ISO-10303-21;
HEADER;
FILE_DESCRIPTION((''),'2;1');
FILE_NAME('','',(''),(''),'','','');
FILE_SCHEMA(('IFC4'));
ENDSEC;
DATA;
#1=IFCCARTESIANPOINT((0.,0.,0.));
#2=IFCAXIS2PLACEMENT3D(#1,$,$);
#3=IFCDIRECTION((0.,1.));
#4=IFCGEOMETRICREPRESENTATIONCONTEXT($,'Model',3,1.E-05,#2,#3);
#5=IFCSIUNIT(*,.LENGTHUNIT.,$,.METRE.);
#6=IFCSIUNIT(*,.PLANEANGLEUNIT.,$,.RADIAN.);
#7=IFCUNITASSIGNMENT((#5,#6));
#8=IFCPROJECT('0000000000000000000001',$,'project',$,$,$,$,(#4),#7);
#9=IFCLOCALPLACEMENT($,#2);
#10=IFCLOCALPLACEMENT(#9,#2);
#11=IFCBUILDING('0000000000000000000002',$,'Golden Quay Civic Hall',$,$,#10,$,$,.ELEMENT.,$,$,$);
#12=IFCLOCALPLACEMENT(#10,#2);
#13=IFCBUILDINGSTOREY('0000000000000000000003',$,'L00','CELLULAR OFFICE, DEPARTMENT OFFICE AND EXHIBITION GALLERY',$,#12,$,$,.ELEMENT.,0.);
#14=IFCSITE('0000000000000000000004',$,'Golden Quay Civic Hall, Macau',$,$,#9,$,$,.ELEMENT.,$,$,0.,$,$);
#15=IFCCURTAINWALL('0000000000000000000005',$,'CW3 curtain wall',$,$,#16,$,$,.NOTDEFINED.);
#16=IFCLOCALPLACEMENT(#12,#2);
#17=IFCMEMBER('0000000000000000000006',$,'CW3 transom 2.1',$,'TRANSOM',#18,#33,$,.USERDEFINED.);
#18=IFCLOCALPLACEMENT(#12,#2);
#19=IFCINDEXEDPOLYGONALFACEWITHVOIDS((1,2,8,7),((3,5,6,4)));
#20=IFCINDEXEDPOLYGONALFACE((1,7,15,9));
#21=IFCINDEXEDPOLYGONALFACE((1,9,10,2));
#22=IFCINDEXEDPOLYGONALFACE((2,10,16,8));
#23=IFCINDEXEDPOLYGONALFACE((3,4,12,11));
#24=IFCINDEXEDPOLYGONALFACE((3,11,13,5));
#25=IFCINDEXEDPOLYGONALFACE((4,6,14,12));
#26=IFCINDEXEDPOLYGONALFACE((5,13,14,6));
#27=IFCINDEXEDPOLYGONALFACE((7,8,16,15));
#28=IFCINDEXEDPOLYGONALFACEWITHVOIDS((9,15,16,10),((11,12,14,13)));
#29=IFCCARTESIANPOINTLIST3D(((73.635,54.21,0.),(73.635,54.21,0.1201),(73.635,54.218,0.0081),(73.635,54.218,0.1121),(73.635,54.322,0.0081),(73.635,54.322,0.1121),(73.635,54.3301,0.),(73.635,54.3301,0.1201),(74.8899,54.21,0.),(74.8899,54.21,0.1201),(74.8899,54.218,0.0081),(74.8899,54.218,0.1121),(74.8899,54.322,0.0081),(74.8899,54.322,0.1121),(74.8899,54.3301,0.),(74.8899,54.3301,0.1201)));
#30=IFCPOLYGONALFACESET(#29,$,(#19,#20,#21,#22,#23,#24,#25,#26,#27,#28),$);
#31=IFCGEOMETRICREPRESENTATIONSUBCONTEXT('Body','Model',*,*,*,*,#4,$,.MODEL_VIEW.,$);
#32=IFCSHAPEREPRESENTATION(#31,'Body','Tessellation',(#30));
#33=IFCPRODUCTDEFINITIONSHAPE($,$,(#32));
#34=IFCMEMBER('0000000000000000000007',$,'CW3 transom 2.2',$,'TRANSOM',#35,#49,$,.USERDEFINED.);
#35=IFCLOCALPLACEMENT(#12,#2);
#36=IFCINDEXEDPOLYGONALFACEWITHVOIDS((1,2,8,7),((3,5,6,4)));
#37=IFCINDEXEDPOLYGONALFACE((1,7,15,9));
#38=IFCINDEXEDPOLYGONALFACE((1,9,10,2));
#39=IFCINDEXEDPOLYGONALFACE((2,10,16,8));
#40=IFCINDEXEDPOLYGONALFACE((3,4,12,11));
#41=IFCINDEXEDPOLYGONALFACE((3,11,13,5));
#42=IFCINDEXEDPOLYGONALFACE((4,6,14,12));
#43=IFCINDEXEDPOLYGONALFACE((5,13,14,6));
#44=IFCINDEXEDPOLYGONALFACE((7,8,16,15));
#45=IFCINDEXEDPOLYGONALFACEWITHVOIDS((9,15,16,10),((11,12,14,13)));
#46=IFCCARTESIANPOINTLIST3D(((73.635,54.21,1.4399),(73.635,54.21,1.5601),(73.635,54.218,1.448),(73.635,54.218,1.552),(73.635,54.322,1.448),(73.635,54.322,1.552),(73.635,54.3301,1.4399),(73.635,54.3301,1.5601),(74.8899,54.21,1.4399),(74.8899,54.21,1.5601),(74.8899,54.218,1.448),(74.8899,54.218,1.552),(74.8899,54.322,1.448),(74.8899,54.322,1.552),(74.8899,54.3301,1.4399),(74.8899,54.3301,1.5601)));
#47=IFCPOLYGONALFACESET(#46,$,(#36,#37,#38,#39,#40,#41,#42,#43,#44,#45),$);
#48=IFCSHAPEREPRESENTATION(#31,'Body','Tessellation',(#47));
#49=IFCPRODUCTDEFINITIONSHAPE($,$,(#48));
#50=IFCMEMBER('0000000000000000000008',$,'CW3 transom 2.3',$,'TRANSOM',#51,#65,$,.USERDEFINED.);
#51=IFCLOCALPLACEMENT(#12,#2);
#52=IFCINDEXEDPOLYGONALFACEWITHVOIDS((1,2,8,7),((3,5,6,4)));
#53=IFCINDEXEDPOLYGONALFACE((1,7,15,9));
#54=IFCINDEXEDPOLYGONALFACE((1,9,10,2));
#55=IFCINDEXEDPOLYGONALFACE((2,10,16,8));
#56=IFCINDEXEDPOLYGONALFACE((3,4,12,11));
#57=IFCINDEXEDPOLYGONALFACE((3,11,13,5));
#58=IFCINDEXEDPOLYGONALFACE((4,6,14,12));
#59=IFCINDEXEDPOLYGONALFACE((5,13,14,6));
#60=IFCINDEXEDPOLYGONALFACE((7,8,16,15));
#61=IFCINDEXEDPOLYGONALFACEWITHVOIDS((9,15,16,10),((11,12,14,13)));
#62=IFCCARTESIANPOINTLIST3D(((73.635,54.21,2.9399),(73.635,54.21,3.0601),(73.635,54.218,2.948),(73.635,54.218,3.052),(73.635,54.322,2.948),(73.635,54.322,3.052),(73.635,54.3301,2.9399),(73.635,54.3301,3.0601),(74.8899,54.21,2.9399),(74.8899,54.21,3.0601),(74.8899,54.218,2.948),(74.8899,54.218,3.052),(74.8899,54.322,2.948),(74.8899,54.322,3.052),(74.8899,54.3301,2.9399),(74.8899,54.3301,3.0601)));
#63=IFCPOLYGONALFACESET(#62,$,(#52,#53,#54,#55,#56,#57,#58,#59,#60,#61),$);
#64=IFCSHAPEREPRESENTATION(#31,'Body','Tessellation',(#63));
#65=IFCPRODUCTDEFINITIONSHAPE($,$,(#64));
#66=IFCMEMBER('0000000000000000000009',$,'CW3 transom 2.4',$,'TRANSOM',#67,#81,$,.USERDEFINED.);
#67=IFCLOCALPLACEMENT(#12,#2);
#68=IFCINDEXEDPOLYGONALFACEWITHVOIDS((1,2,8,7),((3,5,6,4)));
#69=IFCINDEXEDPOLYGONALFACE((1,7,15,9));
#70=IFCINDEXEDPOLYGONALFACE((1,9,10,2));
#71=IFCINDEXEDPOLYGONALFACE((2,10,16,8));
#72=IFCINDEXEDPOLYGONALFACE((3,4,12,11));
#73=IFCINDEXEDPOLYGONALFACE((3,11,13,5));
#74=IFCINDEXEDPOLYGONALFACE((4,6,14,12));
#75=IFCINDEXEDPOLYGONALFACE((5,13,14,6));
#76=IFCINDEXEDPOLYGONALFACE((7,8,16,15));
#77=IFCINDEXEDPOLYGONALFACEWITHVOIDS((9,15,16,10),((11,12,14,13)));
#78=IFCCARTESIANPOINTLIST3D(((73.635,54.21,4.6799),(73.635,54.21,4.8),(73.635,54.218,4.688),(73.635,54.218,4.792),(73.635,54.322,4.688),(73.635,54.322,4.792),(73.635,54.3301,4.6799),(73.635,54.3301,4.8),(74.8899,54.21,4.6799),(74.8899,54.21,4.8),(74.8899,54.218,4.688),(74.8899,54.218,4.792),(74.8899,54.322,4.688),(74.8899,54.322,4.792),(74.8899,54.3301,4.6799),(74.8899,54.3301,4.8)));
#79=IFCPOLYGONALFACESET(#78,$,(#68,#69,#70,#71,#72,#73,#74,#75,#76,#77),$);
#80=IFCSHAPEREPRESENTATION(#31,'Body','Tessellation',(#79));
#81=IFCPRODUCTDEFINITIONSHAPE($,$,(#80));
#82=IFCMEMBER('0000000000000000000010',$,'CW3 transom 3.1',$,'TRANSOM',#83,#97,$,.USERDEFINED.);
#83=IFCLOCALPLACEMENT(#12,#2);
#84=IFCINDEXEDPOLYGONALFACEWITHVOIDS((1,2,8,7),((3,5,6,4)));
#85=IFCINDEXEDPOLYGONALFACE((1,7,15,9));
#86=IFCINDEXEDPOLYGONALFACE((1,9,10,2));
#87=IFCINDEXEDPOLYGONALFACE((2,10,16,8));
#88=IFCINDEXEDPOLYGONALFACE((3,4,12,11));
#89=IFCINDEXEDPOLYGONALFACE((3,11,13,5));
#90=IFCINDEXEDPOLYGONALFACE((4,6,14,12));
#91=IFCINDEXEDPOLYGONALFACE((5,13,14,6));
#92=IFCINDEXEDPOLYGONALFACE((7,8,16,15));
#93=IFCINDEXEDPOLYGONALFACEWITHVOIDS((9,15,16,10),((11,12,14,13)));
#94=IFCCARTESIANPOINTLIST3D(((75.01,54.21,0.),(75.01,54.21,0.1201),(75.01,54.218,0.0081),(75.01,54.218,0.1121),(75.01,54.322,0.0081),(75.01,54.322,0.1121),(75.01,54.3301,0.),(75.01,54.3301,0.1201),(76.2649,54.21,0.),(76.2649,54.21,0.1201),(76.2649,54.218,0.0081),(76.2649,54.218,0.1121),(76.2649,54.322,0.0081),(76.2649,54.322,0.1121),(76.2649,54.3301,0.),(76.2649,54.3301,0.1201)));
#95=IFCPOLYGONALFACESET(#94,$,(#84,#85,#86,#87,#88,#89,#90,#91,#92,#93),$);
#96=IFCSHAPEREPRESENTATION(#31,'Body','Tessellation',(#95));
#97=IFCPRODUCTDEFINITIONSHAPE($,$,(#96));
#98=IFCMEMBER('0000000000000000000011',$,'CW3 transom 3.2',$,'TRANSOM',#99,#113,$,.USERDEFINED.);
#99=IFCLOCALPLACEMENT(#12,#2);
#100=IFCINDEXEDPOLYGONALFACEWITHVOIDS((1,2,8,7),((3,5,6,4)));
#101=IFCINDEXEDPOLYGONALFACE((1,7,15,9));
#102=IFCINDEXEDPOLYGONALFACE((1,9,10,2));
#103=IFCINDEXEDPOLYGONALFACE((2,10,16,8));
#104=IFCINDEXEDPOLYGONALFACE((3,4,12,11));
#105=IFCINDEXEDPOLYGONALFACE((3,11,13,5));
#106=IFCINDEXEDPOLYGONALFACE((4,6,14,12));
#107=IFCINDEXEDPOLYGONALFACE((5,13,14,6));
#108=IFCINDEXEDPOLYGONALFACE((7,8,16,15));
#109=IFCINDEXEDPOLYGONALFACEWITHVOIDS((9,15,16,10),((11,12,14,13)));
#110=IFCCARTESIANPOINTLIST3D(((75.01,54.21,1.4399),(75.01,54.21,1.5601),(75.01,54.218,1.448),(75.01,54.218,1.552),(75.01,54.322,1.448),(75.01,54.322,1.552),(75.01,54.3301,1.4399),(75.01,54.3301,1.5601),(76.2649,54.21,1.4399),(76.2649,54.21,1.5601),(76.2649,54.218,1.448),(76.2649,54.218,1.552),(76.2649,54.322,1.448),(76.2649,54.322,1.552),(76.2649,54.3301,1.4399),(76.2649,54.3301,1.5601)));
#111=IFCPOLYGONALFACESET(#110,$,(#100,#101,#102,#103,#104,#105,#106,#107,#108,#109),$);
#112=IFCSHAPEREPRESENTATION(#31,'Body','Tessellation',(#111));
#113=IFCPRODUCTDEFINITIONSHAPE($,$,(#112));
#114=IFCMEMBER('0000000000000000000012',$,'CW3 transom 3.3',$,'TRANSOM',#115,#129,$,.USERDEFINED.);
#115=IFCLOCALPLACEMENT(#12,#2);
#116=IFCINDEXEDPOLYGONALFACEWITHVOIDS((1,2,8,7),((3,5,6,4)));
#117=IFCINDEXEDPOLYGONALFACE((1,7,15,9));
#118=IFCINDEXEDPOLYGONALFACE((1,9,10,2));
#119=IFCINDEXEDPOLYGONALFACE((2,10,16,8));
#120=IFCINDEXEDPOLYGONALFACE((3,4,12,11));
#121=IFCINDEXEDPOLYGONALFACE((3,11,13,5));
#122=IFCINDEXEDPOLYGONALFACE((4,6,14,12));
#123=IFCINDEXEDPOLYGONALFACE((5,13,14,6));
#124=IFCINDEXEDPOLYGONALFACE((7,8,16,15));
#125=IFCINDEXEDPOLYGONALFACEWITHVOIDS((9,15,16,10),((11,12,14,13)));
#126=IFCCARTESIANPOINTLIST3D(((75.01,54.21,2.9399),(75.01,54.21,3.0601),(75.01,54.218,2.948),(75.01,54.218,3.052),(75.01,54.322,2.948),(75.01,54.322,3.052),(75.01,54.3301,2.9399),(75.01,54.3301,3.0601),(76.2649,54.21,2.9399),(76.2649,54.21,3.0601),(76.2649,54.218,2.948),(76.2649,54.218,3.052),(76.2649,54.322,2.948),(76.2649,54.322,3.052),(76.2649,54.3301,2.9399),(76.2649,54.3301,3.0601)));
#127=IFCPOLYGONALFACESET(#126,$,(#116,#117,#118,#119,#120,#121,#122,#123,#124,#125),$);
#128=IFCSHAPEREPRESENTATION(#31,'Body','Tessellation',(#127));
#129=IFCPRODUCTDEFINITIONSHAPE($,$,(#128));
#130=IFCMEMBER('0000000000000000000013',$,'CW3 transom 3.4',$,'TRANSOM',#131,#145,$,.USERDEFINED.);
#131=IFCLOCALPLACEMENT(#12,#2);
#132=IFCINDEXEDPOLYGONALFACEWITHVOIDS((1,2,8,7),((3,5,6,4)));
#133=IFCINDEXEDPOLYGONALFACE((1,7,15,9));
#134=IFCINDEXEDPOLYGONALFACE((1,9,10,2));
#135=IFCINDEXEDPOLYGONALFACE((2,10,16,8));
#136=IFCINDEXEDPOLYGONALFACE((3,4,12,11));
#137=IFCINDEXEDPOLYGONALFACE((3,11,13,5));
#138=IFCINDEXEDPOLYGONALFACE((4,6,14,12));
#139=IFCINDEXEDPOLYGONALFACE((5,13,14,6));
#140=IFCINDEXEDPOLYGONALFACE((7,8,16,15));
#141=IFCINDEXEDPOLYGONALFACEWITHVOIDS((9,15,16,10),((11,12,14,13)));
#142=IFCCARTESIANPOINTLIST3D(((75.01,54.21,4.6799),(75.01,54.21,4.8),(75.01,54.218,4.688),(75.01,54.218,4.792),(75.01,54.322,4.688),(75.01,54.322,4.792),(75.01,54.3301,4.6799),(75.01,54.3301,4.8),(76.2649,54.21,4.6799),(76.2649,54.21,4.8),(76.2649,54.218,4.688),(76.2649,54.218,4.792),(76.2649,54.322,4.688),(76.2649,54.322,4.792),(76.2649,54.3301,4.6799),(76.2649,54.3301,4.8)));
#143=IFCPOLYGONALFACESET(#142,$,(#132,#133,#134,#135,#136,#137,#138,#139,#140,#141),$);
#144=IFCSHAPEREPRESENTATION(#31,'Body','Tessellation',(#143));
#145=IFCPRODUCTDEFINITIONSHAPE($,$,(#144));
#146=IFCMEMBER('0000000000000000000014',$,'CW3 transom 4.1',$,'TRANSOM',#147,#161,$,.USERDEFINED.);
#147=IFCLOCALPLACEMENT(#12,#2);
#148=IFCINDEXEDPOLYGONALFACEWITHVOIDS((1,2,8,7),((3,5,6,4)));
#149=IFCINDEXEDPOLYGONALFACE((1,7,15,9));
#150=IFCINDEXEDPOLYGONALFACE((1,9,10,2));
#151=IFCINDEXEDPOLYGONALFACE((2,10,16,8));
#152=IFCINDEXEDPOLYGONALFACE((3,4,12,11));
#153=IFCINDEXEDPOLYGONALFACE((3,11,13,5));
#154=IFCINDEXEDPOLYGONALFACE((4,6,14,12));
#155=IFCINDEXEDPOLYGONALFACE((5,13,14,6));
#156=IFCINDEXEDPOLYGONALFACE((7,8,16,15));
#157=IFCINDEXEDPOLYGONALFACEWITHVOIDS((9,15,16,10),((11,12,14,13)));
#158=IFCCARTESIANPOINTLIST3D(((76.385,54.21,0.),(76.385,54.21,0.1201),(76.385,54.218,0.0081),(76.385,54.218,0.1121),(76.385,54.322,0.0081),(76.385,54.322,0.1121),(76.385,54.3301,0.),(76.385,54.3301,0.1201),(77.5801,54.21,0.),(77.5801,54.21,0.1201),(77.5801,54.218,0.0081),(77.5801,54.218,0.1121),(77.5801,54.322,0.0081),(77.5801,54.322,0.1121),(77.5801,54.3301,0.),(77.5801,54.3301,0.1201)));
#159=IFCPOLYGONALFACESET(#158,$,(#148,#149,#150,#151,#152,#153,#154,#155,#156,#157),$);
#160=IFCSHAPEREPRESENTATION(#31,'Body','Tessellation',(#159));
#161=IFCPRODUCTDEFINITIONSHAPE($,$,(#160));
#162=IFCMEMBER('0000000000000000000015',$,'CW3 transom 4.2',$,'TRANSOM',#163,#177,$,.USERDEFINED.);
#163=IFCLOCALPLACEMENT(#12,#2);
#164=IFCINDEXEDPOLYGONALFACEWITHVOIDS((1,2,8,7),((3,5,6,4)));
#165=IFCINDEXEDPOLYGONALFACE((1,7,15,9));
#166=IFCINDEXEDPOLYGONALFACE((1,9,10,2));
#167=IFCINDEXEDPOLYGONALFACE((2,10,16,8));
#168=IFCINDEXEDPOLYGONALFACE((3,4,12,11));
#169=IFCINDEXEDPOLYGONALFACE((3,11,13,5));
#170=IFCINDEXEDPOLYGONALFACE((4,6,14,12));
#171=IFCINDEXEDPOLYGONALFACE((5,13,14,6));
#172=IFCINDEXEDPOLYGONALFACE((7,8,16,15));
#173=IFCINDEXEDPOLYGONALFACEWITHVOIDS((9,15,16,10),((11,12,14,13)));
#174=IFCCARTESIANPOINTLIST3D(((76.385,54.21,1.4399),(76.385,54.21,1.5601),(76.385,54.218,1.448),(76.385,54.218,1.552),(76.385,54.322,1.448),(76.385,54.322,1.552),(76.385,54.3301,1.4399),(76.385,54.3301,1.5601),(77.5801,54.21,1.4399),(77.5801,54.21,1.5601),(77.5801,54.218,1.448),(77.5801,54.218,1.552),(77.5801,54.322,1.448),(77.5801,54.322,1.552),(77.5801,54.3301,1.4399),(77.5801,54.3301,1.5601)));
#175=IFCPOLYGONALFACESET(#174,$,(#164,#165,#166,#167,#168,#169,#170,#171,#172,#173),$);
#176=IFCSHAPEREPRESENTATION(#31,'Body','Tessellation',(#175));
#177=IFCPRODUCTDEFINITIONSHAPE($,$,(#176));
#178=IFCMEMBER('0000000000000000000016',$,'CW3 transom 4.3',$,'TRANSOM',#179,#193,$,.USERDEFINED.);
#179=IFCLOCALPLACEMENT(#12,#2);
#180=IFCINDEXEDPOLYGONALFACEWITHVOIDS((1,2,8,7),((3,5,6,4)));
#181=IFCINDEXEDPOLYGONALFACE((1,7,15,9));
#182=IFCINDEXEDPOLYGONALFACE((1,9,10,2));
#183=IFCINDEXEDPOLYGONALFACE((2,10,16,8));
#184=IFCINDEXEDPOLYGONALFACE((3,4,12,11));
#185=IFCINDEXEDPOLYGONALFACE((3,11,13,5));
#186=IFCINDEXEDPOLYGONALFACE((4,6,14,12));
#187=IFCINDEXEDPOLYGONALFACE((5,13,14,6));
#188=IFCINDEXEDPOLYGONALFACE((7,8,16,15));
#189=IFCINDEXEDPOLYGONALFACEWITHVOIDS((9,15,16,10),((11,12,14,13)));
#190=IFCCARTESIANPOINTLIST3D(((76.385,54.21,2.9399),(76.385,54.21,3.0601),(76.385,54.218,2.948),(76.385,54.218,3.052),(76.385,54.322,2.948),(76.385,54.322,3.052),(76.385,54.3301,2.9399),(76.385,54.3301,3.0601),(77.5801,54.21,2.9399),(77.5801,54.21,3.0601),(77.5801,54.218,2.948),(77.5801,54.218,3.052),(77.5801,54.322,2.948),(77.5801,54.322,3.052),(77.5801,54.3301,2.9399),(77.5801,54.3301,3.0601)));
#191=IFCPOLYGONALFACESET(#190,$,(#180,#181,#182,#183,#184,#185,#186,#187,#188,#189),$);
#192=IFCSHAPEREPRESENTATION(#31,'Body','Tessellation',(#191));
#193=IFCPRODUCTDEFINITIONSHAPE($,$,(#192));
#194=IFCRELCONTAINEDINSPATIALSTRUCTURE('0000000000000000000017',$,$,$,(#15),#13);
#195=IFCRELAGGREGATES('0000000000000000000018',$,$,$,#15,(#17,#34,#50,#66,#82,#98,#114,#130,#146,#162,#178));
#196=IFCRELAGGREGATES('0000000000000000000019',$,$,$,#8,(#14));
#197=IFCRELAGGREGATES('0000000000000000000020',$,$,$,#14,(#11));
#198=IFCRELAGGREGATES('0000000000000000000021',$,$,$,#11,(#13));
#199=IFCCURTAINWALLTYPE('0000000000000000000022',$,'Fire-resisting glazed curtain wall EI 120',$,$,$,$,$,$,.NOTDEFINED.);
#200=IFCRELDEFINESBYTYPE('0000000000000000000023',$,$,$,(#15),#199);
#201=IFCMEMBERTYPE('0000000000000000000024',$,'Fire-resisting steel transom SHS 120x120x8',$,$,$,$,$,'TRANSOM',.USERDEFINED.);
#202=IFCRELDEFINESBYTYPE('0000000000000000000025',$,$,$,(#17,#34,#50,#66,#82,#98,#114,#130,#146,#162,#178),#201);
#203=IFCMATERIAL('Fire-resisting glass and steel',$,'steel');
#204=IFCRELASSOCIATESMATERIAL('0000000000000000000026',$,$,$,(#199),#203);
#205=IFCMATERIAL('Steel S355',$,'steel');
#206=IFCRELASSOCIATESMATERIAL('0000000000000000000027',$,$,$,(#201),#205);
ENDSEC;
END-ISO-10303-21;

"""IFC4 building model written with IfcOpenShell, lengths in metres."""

from ifc_helpers import new_model, si_unit, direction, frame, origin, origin_2d, place, context, subcontext, project, spatial, hollow_rectangle, extrude, material, material_profile, profile_set, type_object, element, aggregate, save


model = new_model("IFC4")

# Units and contexts
model_context = context("Model", 3, precision=1e-05, world=origin(), true_north=direction((0.0, 1.0)))
body_context = subcontext(model_context, "Body", "Model", "MODEL_VIEW")
ifc_project = project(units=[si_unit("LENGTHUNIT", "METRE"), si_unit("PLANEANGLEUNIT", "RADIAN")], contexts=[model_context])

# Site, building, storey
site_placement = place(None, origin())
site = spatial("IfcSite", under=ifc_project, at=site_placement, Name="Golden Quay Civic Hall, Macau", CompositionType="ELEMENT", RefElevation=0.0)
building_placement = place(site_placement, origin())
building = spatial("IfcBuilding", under=site, at=building_placement, Name="Golden Quay Civic Hall", CompositionType="ELEMENT")
storey_placement = place(building_placement, origin())
storey = spatial("IfcBuildingStorey", under=building, at=storey_placement, Name="L00", Description="CELLULAR OFFICE, DEPARTMENT OFFICE AND EXHIBITION GALLERY", CompositionType="ELEMENT", Elevation=0.0)

# Curtain wall, members
ifc_material_1 = material(Name="Fire-resisting glass and steel", Category="steel")
curtain_wall_type_1 = type_object("IfcCurtainWallType", Name="Fire-resisting glazed curtain wall EI 120", PredefinedType="NOTDEFINED", material=ifc_material_1)
curtain_wall_1_placement = place(storey_placement, origin())
curtain_wall_1 = element("IfcCurtainWall", 1, at=curtain_wall_1_placement, inside=storey, type_object=curtain_wall_type_1, Name="CW3 curtain wall", PredefinedType="NOTDEFINED")
ifc_material_2 = material(Name="Steel S355", Category="steel")
ifc_material_profile_1 = material_profile(ifc_material_2, hollow_rectangle(XDim=0.1201, YDim=0.1201, WallThickness=0.0081, at=origin_2d()), Name="SHS 120x120x8")
ifc_profile_set_1 = profile_set([ifc_material_profile_1], Name="Steel S355")
member_type_1 = type_object("IfcMemberType", Name="Fire-resisting steel transom SHS 120x120x8", ElementType="TRANSOM", PredefinedType="USERDEFINED", material=ifc_profile_set_1)
member_1_placement = place(storey_placement, frame((73.635, 54.27, 0.0601), z_axis=(1.0, 0.0, 0.0), x_axis=(0.0, 1.0, 0.0)))
member_1 = element("IfcMember", 2, at=member_1_placement, type_object=member_type_1, Name="CW3 transom 2.1", ObjectType="TRANSOM", PredefinedType="USERDEFINED", context=body_context, shape_type="SweptSolid", body=[
    extrude(hollow_rectangle(XDim=0.1201, YDim=0.1201, WallThickness=0.0081, at=origin_2d()), origin(), (0.0, 0.0, 1.0), 1.2549),
])
member_2_placement = place(storey_placement, frame((73.635, 54.27, 1.5), z_axis=(1.0, 0.0, 0.0), x_axis=(0.0, 1.0, 0.0)))
member_2 = element("IfcMember", 3, at=member_2_placement, type_object=member_type_1, Name="CW3 transom 2.2", ObjectType="TRANSOM", PredefinedType="USERDEFINED", context=body_context, shape_type="SweptSolid", body=[
    extrude(hollow_rectangle(XDim=0.1201, YDim=0.1201, WallThickness=0.0081, at=origin_2d()), origin(), (0.0, 0.0, 1.0), 1.2549),
])
member_3_placement = place(storey_placement, frame((73.635, 54.27, 3.0), z_axis=(1.0, 0.0, 0.0), x_axis=(0.0, 1.0, 0.0)))
member_3 = element("IfcMember", 4, at=member_3_placement, type_object=member_type_1, Name="CW3 transom 2.3", ObjectType="TRANSOM", PredefinedType="USERDEFINED", context=body_context, shape_type="SweptSolid", body=[
    extrude(hollow_rectangle(XDim=0.1201, YDim=0.1201, WallThickness=0.0081, at=origin_2d()), origin(), (0.0, 0.0, 1.0), 1.2549),
])
member_4_placement = place(storey_placement, frame((73.635, 54.27, 4.74), z_axis=(1.0, 0.0, 0.0), x_axis=(0.0, 1.0, 0.0)))
member_4 = element("IfcMember", 5, at=member_4_placement, type_object=member_type_1, Name="CW3 transom 2.4", ObjectType="TRANSOM", PredefinedType="USERDEFINED", context=body_context, shape_type="SweptSolid", body=[
    extrude(hollow_rectangle(XDim=0.1201, YDim=0.1201, WallThickness=0.0081, at=origin_2d()), origin(), (0.0, 0.0, 1.0), 1.2549),
])
member_5_placement = place(storey_placement, frame((75.01, 54.27, 0.0601), z_axis=(1.0, 0.0, 0.0), x_axis=(0.0, 1.0, 0.0)))
member_5 = element("IfcMember", 6, at=member_5_placement, type_object=member_type_1, Name="CW3 transom 3.1", ObjectType="TRANSOM", PredefinedType="USERDEFINED", context=body_context, shape_type="SweptSolid", body=[
    extrude(hollow_rectangle(XDim=0.1201, YDim=0.1201, WallThickness=0.0081, at=origin_2d()), origin(), (0.0, 0.0, 1.0), 1.2549),
])
member_6_placement = place(storey_placement, frame((75.01, 54.27, 1.5), z_axis=(1.0, 0.0, 0.0), x_axis=(0.0, 1.0, 0.0)))
member_6 = element("IfcMember", 7, at=member_6_placement, type_object=member_type_1, Name="CW3 transom 3.2", ObjectType="TRANSOM", PredefinedType="USERDEFINED", context=body_context, shape_type="SweptSolid", body=[
    extrude(hollow_rectangle(XDim=0.1201, YDim=0.1201, WallThickness=0.0081, at=origin_2d()), origin(), (0.0, 0.0, 1.0), 1.2549),
])
member_7_placement = place(storey_placement, frame((75.01, 54.27, 3.0), z_axis=(1.0, 0.0, 0.0), x_axis=(0.0, 1.0, 0.0)))
member_7 = element("IfcMember", 8, at=member_7_placement, type_object=member_type_1, Name="CW3 transom 3.3", ObjectType="TRANSOM", PredefinedType="USERDEFINED", context=body_context, shape_type="SweptSolid", body=[
    extrude(hollow_rectangle(XDim=0.1201, YDim=0.1201, WallThickness=0.0081, at=origin_2d()), origin(), (0.0, 0.0, 1.0), 1.2549),
])
member_8_placement = place(storey_placement, frame((75.01, 54.27, 4.74), z_axis=(1.0, 0.0, 0.0), x_axis=(0.0, 1.0, 0.0)))
member_8 = element("IfcMember", 9, at=member_8_placement, type_object=member_type_1, Name="CW3 transom 3.4", ObjectType="TRANSOM", PredefinedType="USERDEFINED", context=body_context, shape_type="SweptSolid", body=[
    extrude(hollow_rectangle(XDim=0.1201, YDim=0.1201, WallThickness=0.0081, at=origin_2d()), origin(), (0.0, 0.0, 1.0), 1.2549),
])
member_9_placement = place(storey_placement, frame((76.385, 54.27, 0.0601), z_axis=(1.0, 0.0, 0.0), x_axis=(0.0, 1.0, 0.0)))
member_9 = element("IfcMember", 10, at=member_9_placement, type_object=member_type_1, Name="CW3 transom 4.1", ObjectType="TRANSOM", PredefinedType="USERDEFINED", context=body_context, shape_type="SweptSolid", body=[
    extrude(hollow_rectangle(XDim=0.1201, YDim=0.1201, WallThickness=0.0081, at=origin_2d()), origin(), (0.0, 0.0, 1.0), 1.1951),
])
member_10_placement = place(storey_placement, frame((76.385, 54.27, 1.5), z_axis=(1.0, 0.0, 0.0), x_axis=(0.0, 1.0, 0.0)))
member_10 = element("IfcMember", 11, at=member_10_placement, type_object=member_type_1, Name="CW3 transom 4.2", ObjectType="TRANSOM", PredefinedType="USERDEFINED", context=body_context, shape_type="SweptSolid", body=[
    extrude(hollow_rectangle(XDim=0.1201, YDim=0.1201, WallThickness=0.0081, at=origin_2d()), origin(), (0.0, 0.0, 1.0), 1.1951),
])
member_11_placement = place(storey_placement, frame((76.385, 54.27, 3.0), z_axis=(1.0, 0.0, 0.0), x_axis=(0.0, 1.0, 0.0)))
member_11 = element("IfcMember", 12, at=member_11_placement, type_object=member_type_1, Name="CW3 transom 4.3", ObjectType="TRANSOM", PredefinedType="USERDEFINED", context=body_context, shape_type="SweptSolid", body=[
    extrude(hollow_rectangle(XDim=0.1201, YDim=0.1201, WallThickness=0.0081, at=origin_2d()), origin(), (0.0, 0.0, 1.0), 1.1951),
])
aggregate(curtain_wall_1, [member_1, member_2, member_3, member_4, member_5, member_6, member_7, member_8, member_9, member_10, member_11])

save(model, "model.ifc")
